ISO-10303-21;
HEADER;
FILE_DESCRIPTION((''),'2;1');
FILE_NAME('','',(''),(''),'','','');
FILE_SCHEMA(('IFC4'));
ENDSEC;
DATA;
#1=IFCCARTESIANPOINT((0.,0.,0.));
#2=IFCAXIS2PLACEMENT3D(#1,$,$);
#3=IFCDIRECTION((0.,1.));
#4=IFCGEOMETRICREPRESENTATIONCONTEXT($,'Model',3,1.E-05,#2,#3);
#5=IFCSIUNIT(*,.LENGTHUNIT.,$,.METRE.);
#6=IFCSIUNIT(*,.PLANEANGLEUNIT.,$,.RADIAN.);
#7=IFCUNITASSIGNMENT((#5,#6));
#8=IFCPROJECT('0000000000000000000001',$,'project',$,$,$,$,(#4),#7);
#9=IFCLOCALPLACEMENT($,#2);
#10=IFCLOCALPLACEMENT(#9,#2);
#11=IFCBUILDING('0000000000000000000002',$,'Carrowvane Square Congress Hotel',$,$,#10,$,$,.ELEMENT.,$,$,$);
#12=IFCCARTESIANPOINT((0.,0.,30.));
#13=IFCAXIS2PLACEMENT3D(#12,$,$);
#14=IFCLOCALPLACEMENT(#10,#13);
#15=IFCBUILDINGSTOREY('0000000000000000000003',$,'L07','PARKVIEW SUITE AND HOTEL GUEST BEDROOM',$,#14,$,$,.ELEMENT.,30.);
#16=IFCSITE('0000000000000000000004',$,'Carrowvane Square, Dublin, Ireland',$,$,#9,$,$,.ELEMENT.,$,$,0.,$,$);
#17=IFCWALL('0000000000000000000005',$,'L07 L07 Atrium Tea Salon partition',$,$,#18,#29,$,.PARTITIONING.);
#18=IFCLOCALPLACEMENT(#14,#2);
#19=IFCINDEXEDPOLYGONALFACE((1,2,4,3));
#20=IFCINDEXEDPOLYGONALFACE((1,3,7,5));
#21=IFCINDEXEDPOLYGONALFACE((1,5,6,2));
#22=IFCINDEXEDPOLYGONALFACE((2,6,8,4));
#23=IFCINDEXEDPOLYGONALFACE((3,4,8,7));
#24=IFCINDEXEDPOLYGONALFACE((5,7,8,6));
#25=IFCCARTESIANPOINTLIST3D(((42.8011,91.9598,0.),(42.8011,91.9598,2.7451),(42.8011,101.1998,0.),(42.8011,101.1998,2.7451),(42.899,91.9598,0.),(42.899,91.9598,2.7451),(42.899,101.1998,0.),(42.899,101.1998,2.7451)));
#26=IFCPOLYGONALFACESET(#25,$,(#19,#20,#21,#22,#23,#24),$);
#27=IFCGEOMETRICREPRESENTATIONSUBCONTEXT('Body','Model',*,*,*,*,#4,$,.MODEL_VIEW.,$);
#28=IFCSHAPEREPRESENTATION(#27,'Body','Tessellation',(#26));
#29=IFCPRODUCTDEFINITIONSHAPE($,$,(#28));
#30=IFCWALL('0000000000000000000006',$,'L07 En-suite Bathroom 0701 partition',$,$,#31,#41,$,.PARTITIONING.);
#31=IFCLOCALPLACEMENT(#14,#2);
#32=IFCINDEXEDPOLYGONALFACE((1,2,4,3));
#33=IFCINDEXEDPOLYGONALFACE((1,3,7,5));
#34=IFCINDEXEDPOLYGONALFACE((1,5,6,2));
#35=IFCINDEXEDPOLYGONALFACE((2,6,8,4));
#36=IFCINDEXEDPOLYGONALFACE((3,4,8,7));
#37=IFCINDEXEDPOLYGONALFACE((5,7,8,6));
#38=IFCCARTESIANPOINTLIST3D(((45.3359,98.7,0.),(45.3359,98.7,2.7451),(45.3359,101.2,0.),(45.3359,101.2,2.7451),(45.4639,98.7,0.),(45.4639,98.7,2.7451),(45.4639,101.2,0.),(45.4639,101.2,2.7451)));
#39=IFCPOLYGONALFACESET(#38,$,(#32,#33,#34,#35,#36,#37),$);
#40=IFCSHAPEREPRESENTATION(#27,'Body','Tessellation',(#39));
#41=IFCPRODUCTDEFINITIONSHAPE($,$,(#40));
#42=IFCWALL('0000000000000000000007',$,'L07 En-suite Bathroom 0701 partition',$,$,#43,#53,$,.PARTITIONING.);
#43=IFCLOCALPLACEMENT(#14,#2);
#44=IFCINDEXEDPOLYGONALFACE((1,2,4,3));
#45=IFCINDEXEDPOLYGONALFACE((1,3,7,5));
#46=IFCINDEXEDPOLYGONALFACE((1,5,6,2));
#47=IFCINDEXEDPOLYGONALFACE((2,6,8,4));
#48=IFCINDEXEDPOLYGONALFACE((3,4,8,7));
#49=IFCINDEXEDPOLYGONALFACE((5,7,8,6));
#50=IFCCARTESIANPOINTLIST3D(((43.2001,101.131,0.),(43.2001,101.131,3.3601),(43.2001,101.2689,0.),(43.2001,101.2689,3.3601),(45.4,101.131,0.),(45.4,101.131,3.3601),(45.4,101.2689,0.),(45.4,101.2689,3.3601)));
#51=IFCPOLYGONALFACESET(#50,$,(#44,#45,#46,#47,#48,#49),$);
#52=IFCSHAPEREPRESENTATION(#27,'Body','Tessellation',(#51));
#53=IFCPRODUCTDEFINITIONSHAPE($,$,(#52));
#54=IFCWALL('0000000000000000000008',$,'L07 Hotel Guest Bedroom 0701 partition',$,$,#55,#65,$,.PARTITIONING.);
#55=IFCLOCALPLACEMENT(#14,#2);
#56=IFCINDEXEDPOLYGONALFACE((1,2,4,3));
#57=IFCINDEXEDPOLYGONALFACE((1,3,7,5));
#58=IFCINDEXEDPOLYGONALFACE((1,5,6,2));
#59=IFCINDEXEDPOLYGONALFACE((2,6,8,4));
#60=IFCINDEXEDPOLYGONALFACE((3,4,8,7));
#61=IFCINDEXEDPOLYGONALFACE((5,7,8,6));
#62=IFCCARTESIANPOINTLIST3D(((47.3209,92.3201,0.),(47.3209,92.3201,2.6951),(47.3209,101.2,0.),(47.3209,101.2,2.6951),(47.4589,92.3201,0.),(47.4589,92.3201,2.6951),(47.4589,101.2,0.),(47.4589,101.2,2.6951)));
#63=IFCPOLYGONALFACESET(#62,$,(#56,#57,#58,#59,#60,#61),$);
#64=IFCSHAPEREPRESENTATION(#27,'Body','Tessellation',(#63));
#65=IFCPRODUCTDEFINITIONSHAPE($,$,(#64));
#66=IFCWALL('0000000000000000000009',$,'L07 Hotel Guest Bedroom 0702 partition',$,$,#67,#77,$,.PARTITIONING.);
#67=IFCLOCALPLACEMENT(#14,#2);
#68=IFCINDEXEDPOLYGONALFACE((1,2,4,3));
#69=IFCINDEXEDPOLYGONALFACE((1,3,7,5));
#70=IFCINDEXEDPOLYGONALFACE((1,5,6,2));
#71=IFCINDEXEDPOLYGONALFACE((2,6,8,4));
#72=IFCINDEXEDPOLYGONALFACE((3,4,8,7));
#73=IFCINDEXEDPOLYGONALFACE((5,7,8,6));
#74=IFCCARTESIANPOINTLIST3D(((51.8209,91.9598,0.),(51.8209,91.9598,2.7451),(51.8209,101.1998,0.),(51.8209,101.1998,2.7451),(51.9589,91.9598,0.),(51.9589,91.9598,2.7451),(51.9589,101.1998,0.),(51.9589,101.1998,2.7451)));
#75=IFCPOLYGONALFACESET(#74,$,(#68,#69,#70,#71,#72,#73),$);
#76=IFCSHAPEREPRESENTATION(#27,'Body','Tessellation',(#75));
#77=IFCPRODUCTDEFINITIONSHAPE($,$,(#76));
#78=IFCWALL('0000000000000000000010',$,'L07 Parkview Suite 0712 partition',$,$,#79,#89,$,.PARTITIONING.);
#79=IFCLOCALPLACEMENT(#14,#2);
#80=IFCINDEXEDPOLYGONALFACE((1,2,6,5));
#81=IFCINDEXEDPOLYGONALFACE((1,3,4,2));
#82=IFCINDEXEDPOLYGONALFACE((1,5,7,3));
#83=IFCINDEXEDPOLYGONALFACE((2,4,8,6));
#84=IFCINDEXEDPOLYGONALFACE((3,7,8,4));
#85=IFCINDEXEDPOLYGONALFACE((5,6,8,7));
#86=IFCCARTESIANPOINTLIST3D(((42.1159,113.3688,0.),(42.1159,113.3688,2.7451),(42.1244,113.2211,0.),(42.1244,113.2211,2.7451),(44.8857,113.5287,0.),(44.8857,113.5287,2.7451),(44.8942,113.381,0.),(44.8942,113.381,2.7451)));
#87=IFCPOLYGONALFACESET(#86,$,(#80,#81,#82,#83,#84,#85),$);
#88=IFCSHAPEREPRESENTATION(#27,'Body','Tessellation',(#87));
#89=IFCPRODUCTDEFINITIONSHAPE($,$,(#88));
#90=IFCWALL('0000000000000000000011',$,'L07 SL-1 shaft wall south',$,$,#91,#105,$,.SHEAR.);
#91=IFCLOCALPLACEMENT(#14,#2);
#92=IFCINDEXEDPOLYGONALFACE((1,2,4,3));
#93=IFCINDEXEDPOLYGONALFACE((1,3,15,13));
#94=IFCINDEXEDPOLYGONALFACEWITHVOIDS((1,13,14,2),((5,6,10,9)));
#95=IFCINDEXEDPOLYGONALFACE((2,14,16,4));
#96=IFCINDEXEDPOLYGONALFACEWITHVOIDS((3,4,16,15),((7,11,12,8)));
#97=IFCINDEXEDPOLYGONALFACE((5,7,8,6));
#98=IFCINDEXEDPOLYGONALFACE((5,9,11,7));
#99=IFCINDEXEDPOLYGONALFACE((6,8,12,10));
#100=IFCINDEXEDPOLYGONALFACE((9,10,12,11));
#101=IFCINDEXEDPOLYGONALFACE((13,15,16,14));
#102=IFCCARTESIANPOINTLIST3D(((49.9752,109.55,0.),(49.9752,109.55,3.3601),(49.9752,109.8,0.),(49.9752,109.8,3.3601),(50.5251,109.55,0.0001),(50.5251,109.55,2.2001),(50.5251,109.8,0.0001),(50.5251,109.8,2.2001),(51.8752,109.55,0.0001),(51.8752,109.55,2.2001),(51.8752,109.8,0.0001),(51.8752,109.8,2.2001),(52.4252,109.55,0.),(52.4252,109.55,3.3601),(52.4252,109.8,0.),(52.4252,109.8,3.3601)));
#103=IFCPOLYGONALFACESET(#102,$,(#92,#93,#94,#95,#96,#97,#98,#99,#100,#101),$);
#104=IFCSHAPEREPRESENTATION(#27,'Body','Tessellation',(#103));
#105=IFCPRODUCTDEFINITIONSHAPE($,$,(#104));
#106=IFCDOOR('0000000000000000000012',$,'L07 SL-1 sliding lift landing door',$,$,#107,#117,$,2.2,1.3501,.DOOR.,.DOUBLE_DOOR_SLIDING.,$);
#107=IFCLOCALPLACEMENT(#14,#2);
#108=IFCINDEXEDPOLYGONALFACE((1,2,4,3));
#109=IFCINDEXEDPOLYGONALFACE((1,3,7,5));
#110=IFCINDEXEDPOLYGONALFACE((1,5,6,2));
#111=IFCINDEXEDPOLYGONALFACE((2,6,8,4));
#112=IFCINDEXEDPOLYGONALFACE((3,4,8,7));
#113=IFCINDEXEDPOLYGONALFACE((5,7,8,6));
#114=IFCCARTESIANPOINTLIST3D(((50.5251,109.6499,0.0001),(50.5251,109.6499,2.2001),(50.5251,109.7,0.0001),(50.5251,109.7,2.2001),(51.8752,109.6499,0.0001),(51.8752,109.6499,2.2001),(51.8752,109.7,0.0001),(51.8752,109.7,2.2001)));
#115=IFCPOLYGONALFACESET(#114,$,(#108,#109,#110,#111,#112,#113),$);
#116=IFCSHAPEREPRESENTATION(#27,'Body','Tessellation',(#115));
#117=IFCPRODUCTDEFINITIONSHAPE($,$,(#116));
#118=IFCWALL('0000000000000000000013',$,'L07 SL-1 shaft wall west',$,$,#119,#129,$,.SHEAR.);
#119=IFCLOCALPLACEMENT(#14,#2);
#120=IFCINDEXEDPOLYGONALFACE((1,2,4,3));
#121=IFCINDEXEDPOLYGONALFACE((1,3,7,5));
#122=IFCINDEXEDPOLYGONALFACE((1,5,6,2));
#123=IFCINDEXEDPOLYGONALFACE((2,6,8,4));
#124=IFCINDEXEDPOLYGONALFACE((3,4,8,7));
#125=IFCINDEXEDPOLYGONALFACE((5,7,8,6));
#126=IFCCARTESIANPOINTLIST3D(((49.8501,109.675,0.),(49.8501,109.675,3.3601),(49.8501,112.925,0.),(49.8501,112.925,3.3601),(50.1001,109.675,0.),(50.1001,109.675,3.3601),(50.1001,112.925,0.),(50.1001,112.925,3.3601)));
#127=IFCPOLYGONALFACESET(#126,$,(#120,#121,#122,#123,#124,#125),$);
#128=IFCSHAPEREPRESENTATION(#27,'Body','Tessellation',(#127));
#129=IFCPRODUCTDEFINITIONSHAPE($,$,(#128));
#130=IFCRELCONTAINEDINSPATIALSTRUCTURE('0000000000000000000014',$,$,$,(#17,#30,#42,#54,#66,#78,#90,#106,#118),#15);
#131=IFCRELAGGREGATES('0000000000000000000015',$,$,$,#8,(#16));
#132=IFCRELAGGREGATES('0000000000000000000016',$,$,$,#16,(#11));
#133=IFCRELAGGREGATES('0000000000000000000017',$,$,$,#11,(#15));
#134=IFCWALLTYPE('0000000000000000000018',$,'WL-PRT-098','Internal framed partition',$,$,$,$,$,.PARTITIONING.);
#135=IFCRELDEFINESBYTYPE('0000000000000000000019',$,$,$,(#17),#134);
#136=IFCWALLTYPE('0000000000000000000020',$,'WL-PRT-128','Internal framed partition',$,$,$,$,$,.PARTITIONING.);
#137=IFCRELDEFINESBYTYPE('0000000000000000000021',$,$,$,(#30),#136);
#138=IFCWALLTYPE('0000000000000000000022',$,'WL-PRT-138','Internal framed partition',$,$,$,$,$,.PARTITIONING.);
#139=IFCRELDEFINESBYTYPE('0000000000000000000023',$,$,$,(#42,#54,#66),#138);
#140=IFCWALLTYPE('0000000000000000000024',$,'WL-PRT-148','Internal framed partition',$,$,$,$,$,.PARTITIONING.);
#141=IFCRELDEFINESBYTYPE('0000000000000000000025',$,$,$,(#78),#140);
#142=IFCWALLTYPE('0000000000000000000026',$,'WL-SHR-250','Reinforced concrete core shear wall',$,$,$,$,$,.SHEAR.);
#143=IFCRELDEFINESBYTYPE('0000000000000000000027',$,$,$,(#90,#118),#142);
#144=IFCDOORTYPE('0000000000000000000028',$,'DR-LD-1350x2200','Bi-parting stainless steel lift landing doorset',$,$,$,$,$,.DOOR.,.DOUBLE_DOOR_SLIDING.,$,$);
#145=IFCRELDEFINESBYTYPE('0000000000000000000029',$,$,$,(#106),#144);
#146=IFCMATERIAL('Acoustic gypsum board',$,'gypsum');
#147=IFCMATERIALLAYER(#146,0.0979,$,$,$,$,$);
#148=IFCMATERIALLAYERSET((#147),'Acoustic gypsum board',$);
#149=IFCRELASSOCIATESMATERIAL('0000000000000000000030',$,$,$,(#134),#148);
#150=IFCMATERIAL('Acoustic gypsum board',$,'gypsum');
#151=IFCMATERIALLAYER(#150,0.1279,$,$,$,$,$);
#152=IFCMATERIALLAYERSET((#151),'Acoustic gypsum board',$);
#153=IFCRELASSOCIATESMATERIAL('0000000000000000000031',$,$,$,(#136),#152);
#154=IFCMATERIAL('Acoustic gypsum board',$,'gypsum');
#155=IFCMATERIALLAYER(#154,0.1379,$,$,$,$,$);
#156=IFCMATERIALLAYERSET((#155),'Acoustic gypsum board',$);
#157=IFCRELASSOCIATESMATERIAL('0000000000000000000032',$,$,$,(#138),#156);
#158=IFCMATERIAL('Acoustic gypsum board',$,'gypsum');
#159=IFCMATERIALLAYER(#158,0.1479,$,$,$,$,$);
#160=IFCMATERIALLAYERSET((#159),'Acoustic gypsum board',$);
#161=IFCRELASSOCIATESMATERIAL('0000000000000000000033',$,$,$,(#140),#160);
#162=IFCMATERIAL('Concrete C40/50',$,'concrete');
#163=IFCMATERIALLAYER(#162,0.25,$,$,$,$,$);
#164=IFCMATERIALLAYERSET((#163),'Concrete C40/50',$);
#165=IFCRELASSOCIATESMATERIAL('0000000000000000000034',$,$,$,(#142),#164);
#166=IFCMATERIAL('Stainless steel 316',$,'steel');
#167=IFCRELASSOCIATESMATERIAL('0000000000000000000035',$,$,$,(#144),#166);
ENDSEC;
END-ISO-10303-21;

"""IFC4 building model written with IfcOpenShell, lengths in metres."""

from ifc_helpers import new_model, si_unit, direction, frame, frame_2d, origin, place, context, subcontext, project, spatial, rectangle, extrude, material, layer, layer_set, type_object, element, fill, save


model = new_model("IFC4")

# Units and contexts
model_context = context("Model", 3, precision=1e-05, world=origin(), true_north=direction((0.0, 1.0)))
body_context = subcontext(model_context, "Body", "Model", "MODEL_VIEW")
ifc_project = project(units=[si_unit("LENGTHUNIT", "METRE"), si_unit("PLANEANGLEUNIT", "RADIAN")], contexts=[model_context])

# Site, building, storey
site_placement = place(None, origin())
site = spatial("IfcSite", under=ifc_project, at=site_placement, Name="Carrowvane Square, Dublin, Ireland", CompositionType="ELEMENT", RefElevation=0.0)
building_placement = place(site_placement, origin())
building = spatial("IfcBuilding", under=site, at=building_placement, Name="Carrowvane Square Congress Hotel", CompositionType="ELEMENT")
storey_placement = place(building_placement, frame((0.0, 0.0, 30.0)))
storey = spatial("IfcBuildingStorey", under=building, at=storey_placement, Name="L07", Description="PARKVIEW SUITE AND HOTEL GUEST BEDROOM", CompositionType="ELEMENT", Elevation=30.0)

# Walls
ifc_material_1 = material(Name="Acoustic gypsum board", Category="gypsum")
ifc_layer_1 = layer(ifc_material_1, 0.0979)
ifc_layer_set_1 = layer_set([ifc_layer_1], Name="Acoustic gypsum board")
wall_type_1 = type_object("IfcWallType", Name="WL-PRT-098", Description="Internal framed partition", PredefinedType="PARTITIONING", material=ifc_layer_set_1)
wall_1_placement = place(storey_placement, frame((42.8501, 101.2, 0.0), z_axis=(0.0, 0.0, 1.0), x_axis=(0.0, -1.0, 0.0)))
element("IfcWall", 1, at=wall_1_placement, inside=storey, type_object=wall_type_1, Name="L07 L07 Atrium Tea Salon partition", PredefinedType="PARTITIONING", context=body_context, shape_type="SweptSolid", body=[
    extrude(rectangle(XDim=9.24, YDim=0.0979, at=frame_2d((4.6201, 0.0))), origin(), (0.0, 0.0, 1.0), 2.7451),
])
ifc_material_2 = material(Name="Acoustic gypsum board", Category="gypsum")
ifc_layer_2 = layer(ifc_material_2, 0.1279)
ifc_layer_set_2 = layer_set([ifc_layer_2], Name="Acoustic gypsum board")
wall_type_2 = type_object("IfcWallType", Name="WL-PRT-128", Description="Internal framed partition", PredefinedType="PARTITIONING", material=ifc_layer_set_2)
wall_2_placement = place(storey_placement, frame((45.3999, 101.2, 0.0), z_axis=(0.0, 0.0, 1.0), x_axis=(0.0, -1.0, 0.0)))
element("IfcWall", 2, at=wall_2_placement, inside=storey, type_object=wall_type_2, Name="L07 En-suite Bathroom 0701 partition", PredefinedType="PARTITIONING", context=body_context, shape_type="SweptSolid", body=[
    extrude(rectangle(XDim=2.5, YDim=0.1279, at=frame_2d((1.25, 0.0))), origin(), (0.0, 0.0, 1.0), 2.7451),
])

# Walls
ifc_material_3 = material(Name="Acoustic gypsum board", Category="gypsum")
ifc_layer_3 = layer(ifc_material_3, 0.1379)
ifc_layer_set_3 = layer_set([ifc_layer_3], Name="Acoustic gypsum board")
wall_type_3 = type_object("IfcWallType", Name="WL-PRT-138", Description="Internal framed partition", PredefinedType="PARTITIONING", material=ifc_layer_set_3)
wall_3_placement = place(storey_placement, frame((43.2, 101.2, 0.0), z_axis=(0.0, 0.0, 1.0), x_axis=(1.0, 0.0, 0.0)))
element("IfcWall", 3, at=wall_3_placement, inside=storey, type_object=wall_type_3, Name="L07 En-suite Bathroom 0701 partition", PredefinedType="PARTITIONING", context=body_context, shape_type="SweptSolid", body=[
    extrude(rectangle(XDim=2.2, YDim=0.1379, at=frame_2d((1.1001, 0.0))), origin(), (0.0, 0.0, 1.0), 3.3601),
])
wall_4_placement = place(storey_placement, frame((47.3899, 101.2, 0.0), z_axis=(0.0, 0.0, 1.0), x_axis=(0.0, -1.0, 0.0)))
element("IfcWall", 4, at=wall_4_placement, inside=storey, type_object=wall_type_3, Name="L07 Hotel Guest Bedroom 0701 partition", PredefinedType="PARTITIONING", context=body_context, shape_type="SweptSolid", body=[
    extrude(rectangle(XDim=8.8799, YDim=0.1379, at=frame_2d((4.4399, 0.0))), origin(), (0.0, 0.0, 1.0), 2.6951),
])
wall_5_placement = place(storey_placement, frame((51.8899, 101.2, 0.0), z_axis=(0.0, 0.0, 1.0), x_axis=(0.0, -1.0, 0.0)))
element("IfcWall", 5, at=wall_5_placement, inside=storey, type_object=wall_type_3, Name="L07 Hotel Guest Bedroom 0702 partition", PredefinedType="PARTITIONING", context=body_context, shape_type="SweptSolid", body=[
    extrude(rectangle(XDim=9.24, YDim=0.1379, at=frame_2d((4.6201, 0.0))), origin(), (0.0, 0.0, 1.0), 2.7451),
])
ifc_material_4 = material(Name="Acoustic gypsum board", Category="gypsum")
ifc_layer_4 = layer(ifc_material_4, 0.1479)
ifc_layer_set_4 = layer_set([ifc_layer_4], Name="Acoustic gypsum board")
wall_type_4 = type_object("IfcWallType", Name="WL-PRT-148", Description="Internal framed partition", PredefinedType="PARTITIONING", material=ifc_layer_set_4)
wall_6_placement = place(storey_placement, frame((42.1201, 113.2949, 0.0), z_axis=(0.0, 0.0, 1.0), x_axis=(0.998338, 0.057639, 0.0)))
element("IfcWall", 6, at=wall_6_placement, inside=storey, type_object=wall_type_4, Name="L07 Parkview Suite 0712 partition", PredefinedType="PARTITIONING", context=body_context, shape_type="SweptSolid", body=[
    extrude(rectangle(XDim=2.7744, YDim=0.1479, at=frame_2d((1.3872, 0.0))), origin(), (0.0, 0.0, 1.0), 2.7451),
])

# Wall, opening, door
ifc_material_5 = material(Name="Concrete C40/50", Category="concrete")
ifc_layer_5 = layer(ifc_material_5, 0.25)
ifc_layer_set_5 = layer_set([ifc_layer_5], Name="Concrete C40/50")
wall_type_5 = type_object("IfcWallType", Name="WL-SHR-250", Description="Reinforced concrete core shear wall", PredefinedType="SHEAR", material=ifc_layer_set_5)
wall_7_placement = place(storey_placement, frame((49.9751, 109.675, 0.0), z_axis=(0.0, 0.0, 1.0), x_axis=(1.0, 0.0, 0.0)))
wall_7 = element("IfcWall", 7, at=wall_7_placement, inside=storey, type_object=wall_type_5, Name="L07 SL-1 shaft wall south", PredefinedType="SHEAR", context=body_context, shape_type="SweptSolid", body=[
    extrude(rectangle(XDim=2.45, YDim=0.25, at=frame_2d((1.2251, 0.0))), origin(), (0.0, 0.0, 1.0), 3.3601),
])
opening_1_placement = place(wall_7_placement, frame((0.55, 0.0, 0.0)))
opening_1 = element("IfcOpeningElement", 8, at=opening_1_placement, cuts=wall_7, PredefinedType="OPENING", context=body_context, shape_type="SweptSolid", body=[
    extrude(rectangle(XDim=1.3501, YDim=2.2, at=frame_2d((0.675, 1.1001))), frame((0.0, 0.135, 0.0), z_axis=(0.0, -1.0, 0.0), x_axis=(1.0, 0.0, 0.0)), (0.0, 0.0, 1.0), 0.27),
])
ifc_material_6 = material(Name="Stainless steel 316", Category="steel")
door_type_1 = type_object("IfcDoorType", Name="DR-LD-1350x2200", Description="Bi-parting stainless steel lift landing doorset", OperationType="DOUBLE_DOOR_SLIDING", PredefinedType="DOOR", material=ifc_material_6)
door_1_placement = place(opening_1_placement, origin())
door_1 = element("IfcDoor", 9, at=door_1_placement, inside=storey, type_object=door_type_1, Name="L07 SL-1 sliding lift landing door", OperationType="DOUBLE_DOOR_SLIDING", OverallHeight=2.2, OverallWidth=1.3501, PredefinedType="DOOR", context=body_context, shape_type="SweptSolid", body=[
    extrude(rectangle(XDim=1.3501, YDim=2.2, at=frame_2d((0.675, 1.1001))), frame((0.0, 0.0249, 0.0), z_axis=(0.0, -1.0, 0.0), x_axis=(1.0, 0.0, 0.0)), (0.0, 0.0, 1.0), 0.05),
])
fill(opening_1, door_1)

# Wall
wall_8_placement = place(storey_placement, frame((49.9751, 112.925, 0.0), z_axis=(0.0, 0.0, 1.0), x_axis=(0.0, -1.0, 0.0)))
element("IfcWall", 10, at=wall_8_placement, inside=storey, type_object=wall_type_5, Name="L07 SL-1 shaft wall west", PredefinedType="SHEAR", context=body_context, shape_type="SweptSolid", body=[
    extrude(rectangle(XDim=3.25, YDim=0.25, at=frame_2d((1.625, 0.0))), origin(), (0.0, 0.0, 1.0), 3.3601),
])

save(model, "model.ifc")
